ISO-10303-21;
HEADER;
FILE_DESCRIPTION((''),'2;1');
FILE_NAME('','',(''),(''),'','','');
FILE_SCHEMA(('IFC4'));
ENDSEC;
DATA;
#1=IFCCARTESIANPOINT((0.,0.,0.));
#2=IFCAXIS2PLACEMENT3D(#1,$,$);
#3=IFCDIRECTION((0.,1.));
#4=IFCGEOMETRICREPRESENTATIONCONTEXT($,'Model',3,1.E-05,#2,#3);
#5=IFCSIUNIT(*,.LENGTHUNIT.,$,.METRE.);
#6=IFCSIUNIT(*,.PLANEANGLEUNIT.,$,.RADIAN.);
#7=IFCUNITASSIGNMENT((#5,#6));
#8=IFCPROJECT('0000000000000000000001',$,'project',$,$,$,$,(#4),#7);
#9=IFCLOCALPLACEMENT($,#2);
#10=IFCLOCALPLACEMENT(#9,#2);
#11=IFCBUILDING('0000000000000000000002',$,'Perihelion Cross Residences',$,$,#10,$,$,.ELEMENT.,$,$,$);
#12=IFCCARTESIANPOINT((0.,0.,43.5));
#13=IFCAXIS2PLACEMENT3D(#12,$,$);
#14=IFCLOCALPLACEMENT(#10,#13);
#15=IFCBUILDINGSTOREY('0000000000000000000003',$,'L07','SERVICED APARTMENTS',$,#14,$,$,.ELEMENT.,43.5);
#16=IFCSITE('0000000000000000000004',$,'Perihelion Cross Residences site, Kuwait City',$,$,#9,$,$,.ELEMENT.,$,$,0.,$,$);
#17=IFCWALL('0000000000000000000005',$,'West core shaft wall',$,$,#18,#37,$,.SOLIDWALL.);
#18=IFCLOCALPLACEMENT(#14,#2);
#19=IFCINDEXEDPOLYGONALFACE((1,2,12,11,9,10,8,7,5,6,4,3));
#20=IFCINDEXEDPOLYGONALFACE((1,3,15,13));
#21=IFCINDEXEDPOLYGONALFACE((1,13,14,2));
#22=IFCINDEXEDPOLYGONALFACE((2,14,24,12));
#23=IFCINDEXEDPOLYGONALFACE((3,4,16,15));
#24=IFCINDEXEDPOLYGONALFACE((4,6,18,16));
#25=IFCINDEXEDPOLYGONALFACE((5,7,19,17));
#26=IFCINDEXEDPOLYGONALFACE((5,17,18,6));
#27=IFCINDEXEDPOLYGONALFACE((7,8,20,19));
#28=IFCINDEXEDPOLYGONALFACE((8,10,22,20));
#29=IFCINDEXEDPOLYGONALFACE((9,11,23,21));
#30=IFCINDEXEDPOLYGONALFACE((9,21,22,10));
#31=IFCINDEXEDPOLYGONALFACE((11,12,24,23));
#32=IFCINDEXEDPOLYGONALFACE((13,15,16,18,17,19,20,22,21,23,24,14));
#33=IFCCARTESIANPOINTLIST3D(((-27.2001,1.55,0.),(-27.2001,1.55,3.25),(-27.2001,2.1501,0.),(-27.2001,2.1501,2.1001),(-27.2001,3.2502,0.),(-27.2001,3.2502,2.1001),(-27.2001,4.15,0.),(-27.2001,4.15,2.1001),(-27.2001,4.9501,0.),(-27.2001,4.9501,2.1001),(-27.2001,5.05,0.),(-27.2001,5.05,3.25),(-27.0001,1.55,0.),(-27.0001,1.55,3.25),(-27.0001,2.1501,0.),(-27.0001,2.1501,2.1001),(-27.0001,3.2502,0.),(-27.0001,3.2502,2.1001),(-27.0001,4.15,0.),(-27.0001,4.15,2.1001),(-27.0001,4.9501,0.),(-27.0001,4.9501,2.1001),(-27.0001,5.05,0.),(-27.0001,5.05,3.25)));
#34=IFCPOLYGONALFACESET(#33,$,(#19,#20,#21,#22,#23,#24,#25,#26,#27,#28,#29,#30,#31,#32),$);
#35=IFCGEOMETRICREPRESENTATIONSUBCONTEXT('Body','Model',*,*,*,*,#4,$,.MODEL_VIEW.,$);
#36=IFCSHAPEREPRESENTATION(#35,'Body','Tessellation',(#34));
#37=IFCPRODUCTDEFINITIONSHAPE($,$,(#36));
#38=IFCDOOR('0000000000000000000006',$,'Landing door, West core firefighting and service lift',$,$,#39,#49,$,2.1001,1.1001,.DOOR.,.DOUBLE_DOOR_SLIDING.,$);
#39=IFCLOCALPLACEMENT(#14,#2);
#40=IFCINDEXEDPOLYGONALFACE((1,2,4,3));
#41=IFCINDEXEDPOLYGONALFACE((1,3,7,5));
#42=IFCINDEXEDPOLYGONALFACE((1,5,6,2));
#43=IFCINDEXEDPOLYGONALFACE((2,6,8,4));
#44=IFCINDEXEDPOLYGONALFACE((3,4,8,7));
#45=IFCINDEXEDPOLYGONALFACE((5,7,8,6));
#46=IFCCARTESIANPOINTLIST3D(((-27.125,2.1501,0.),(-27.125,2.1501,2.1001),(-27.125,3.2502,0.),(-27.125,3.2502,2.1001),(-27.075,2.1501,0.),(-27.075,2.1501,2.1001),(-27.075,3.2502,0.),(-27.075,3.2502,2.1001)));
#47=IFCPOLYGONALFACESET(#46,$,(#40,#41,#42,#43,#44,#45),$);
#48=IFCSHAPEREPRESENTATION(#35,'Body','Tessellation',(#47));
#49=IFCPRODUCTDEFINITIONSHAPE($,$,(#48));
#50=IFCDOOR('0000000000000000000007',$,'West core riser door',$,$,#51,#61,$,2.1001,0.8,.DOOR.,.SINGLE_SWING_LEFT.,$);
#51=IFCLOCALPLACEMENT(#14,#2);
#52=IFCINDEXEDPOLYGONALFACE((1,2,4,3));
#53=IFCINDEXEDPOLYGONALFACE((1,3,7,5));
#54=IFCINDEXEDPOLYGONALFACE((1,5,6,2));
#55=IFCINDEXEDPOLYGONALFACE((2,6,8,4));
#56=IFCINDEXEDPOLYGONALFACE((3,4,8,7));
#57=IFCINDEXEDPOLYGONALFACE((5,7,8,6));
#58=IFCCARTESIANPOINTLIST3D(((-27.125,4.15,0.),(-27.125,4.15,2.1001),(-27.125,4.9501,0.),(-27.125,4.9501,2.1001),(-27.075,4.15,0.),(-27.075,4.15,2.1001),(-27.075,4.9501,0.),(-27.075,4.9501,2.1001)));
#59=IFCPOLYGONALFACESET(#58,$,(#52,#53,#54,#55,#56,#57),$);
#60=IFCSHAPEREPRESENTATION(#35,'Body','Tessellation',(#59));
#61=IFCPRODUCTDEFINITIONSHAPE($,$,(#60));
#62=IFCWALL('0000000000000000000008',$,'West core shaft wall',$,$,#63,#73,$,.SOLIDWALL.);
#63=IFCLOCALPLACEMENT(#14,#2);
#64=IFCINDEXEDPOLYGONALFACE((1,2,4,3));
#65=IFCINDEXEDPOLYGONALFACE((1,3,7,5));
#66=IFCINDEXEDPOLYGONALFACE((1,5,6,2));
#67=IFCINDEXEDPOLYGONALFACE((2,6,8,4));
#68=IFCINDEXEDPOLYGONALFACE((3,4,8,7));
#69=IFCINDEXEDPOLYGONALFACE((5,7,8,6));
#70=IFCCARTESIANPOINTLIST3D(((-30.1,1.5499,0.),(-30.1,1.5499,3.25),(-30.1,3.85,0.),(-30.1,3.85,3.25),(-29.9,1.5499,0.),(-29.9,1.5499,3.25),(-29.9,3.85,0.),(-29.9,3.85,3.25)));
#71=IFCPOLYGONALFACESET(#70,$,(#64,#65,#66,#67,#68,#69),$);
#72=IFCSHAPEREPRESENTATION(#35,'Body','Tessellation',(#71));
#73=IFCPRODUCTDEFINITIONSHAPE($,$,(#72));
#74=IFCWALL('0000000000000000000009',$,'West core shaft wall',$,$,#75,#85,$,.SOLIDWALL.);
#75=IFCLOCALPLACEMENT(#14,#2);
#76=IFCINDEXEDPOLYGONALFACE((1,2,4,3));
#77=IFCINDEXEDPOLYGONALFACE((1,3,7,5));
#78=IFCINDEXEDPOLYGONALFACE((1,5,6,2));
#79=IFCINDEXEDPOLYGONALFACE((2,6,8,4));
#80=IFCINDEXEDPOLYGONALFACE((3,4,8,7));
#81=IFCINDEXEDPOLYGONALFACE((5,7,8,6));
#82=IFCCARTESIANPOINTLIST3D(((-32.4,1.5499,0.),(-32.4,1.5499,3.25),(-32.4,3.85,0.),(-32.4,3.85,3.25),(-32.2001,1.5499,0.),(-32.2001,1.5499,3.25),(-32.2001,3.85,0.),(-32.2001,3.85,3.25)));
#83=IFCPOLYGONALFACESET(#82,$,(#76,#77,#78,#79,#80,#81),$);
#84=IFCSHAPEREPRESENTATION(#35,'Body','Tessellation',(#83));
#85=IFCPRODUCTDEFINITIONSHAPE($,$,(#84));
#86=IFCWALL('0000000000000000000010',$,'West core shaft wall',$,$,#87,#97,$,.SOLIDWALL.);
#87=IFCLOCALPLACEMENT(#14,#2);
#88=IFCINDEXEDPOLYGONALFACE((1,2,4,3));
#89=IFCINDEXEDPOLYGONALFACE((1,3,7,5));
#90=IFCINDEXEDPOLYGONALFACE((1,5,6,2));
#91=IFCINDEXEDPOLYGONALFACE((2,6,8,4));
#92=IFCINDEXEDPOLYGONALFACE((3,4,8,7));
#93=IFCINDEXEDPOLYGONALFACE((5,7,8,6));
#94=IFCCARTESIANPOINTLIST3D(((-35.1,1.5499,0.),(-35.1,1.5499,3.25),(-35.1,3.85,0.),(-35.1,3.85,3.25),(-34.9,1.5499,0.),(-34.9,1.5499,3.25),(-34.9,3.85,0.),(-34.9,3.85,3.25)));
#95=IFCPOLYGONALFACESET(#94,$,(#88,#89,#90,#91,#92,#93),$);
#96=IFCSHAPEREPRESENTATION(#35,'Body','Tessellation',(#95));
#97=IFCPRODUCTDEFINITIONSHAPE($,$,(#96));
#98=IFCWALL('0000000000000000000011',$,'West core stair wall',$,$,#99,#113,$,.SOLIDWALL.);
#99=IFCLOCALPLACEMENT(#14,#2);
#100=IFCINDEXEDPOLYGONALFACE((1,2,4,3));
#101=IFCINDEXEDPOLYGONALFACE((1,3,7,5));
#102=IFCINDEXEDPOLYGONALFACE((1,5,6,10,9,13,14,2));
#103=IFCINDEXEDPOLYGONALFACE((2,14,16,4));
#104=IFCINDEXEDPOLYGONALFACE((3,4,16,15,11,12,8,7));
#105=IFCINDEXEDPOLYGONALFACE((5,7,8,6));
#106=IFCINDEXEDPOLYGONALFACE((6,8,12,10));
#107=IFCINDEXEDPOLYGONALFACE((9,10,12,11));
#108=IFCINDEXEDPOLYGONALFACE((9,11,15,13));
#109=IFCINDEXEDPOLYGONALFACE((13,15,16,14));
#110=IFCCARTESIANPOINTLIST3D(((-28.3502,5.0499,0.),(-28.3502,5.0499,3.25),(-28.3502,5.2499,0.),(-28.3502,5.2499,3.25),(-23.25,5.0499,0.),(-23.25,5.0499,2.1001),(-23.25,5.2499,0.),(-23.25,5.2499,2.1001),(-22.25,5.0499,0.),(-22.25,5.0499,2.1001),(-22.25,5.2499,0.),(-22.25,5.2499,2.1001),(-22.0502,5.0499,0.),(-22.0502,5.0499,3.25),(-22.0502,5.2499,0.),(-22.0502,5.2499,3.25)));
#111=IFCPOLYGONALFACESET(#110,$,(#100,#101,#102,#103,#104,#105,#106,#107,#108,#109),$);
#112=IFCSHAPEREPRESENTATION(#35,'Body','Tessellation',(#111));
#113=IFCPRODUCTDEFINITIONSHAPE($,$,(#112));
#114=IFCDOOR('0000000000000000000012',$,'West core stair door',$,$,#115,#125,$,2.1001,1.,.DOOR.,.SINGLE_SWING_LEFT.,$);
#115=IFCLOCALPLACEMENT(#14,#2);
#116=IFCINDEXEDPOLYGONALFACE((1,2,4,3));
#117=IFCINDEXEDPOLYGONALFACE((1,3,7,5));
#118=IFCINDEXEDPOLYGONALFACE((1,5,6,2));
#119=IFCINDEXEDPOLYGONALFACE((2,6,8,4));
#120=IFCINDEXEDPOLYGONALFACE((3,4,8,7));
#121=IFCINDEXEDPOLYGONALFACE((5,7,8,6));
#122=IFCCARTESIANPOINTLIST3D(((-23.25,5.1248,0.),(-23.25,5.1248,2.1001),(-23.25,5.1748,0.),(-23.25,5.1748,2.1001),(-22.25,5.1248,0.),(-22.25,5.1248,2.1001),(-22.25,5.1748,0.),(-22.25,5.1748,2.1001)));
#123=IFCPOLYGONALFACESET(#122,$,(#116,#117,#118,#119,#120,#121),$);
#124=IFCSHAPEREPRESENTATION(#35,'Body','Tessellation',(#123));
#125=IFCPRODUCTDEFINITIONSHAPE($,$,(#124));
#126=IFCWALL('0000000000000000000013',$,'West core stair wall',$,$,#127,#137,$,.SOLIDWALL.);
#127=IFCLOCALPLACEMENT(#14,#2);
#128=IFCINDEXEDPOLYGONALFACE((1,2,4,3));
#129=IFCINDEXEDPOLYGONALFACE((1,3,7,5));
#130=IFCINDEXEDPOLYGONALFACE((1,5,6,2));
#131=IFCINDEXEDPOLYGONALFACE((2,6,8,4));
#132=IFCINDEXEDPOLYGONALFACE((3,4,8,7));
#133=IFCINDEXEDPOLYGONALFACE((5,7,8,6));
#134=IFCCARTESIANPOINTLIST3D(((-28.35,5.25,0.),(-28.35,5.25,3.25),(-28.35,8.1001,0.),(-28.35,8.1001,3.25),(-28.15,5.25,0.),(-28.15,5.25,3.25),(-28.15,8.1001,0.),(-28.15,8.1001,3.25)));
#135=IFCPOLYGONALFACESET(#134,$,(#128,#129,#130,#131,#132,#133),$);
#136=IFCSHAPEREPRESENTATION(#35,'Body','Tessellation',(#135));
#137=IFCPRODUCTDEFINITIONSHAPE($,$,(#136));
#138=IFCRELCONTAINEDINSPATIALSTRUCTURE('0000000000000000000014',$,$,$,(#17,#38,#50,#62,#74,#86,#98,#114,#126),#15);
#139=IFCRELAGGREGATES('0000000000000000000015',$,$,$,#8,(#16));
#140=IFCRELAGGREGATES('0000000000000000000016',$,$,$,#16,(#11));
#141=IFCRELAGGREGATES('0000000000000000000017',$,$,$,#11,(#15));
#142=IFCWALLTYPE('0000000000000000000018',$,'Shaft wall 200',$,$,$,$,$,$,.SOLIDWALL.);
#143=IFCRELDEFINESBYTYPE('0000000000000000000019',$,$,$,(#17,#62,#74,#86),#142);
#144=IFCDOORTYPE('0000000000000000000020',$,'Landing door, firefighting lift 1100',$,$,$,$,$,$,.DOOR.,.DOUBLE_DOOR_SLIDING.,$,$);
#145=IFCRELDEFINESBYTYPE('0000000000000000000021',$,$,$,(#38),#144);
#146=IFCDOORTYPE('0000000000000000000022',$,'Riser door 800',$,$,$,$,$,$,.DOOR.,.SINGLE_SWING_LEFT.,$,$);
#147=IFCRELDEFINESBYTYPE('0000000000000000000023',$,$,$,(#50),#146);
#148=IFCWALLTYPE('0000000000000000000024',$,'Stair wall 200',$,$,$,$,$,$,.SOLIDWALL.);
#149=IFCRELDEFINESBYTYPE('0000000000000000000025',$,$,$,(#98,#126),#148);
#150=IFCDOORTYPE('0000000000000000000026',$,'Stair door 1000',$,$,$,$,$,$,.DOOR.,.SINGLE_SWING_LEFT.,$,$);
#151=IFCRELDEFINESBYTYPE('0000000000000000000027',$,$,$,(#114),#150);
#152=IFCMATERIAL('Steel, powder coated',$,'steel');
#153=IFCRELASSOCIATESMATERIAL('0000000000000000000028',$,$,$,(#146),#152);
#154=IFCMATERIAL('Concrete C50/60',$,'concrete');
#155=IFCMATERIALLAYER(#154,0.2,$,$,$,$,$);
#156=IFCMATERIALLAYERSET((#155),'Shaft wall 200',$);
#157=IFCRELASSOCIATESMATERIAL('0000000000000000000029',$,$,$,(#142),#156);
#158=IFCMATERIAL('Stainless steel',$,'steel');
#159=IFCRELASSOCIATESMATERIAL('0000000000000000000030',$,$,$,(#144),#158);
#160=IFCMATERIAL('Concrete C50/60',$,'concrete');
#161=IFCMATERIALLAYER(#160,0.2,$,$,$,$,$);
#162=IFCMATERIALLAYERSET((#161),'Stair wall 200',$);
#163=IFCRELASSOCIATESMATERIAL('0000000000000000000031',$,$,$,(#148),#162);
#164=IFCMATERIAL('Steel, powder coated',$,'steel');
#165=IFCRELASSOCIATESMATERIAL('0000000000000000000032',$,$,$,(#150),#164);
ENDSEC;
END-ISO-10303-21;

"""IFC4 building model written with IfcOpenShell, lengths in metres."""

from ifc_helpers import new_model, si_unit, direction, frame, frame_2d, origin, place, context, subcontext, project, spatial, rectangle, extrude, material, layer, layer_set, type_object, element, fill, save


model = new_model("IFC4")

# Units and contexts
model_context = context("Model", 3, precision=1e-05, world=origin(), true_north=direction((0.0, 1.0)))
body_context = subcontext(model_context, "Body", "Model", "MODEL_VIEW")
ifc_project = project(units=[si_unit("LENGTHUNIT", "METRE"), si_unit("PLANEANGLEUNIT", "RADIAN")], contexts=[model_context])

# Site, building, storey
site_placement = place(None, origin())
site = spatial("IfcSite", under=ifc_project, at=site_placement, Name="Perihelion Cross Residences site, Kuwait City", CompositionType="ELEMENT", RefElevation=0.0)
building_placement = place(site_placement, origin())
building = spatial("IfcBuilding", under=site, at=building_placement, Name="Perihelion Cross Residences", CompositionType="ELEMENT")
storey_placement = place(building_placement, frame((0.0, 0.0, 43.5)))
storey = spatial("IfcBuildingStorey", under=building, at=storey_placement, Name="L07", Description="SERVICED APARTMENTS", CompositionType="ELEMENT", Elevation=43.5)

# Shared definitions
ifc_material_1 = material(Name="Steel, powder coated", Category="steel")
door_type_1 = type_object("IfcDoorType", Name="Riser door 800", OperationType="SINGLE_SWING_LEFT", PredefinedType="DOOR", material=ifc_material_1)

# Shared definitions
ifc_material_2 = material(Name="Concrete C50/60", Category="concrete")
ifc_layer_1 = layer(ifc_material_2, 0.2)
ifc_layer_set_1 = layer_set([ifc_layer_1], Name="Shaft wall 200")
wall_type_1 = type_object("IfcWallType", Name="Shaft wall 200", PredefinedType="SOLIDWALL", material=ifc_layer_set_1)

# Wall, openings, doors
wall_1_placement = place(storey_placement, frame((-27.1001, 1.55, 0.0), z_axis=(0.0, 0.0, 1.0), x_axis=(0.0, 1.0, 0.0)))
wall_1 = element("IfcWall", 1, at=wall_1_placement, inside=storey, type_object=wall_type_1, Name="West core shaft wall", PredefinedType="SOLIDWALL", context=body_context, shape_type="SweptSolid", body=[
    extrude(rectangle(XDim=3.5, YDim=0.2, at=frame_2d((1.75, 0.0))), origin(), (0.0, 0.0, 1.0), 3.25),
])
opening_1_placement = place(wall_1_placement, frame((0.6001, 0.0, 0.0)))
opening_1 = element("IfcOpeningElement", 2, at=opening_1_placement, cuts=wall_1, PredefinedType="OPENING", context=body_context, shape_type="SweptSolid", body=[
    extrude(rectangle(XDim=1.1001, YDim=2.1001, at=frame_2d((0.55, 1.05))), frame((0.0, 0.1099, 0.0), z_axis=(0.0, -1.0, 0.0), x_axis=(1.0, 0.0, 0.0)), (0.0, 0.0, 1.0), 0.22),
])
opening_2_placement = place(wall_1_placement, frame((2.6001, 0.0, 0.0)))
opening_2 = element("IfcOpeningElement", 3, at=opening_2_placement, cuts=wall_1, PredefinedType="OPENING", context=body_context, shape_type="SweptSolid", body=[
    extrude(rectangle(XDim=0.8, YDim=2.1001, at=frame_2d((0.3999, 1.05))), frame((0.0, 0.1099, 0.0), z_axis=(0.0, -1.0, 0.0), x_axis=(1.0, 0.0, 0.0)), (0.0, 0.0, 1.0), 0.22),
])
ifc_material_3 = material(Name="Stainless steel", Category="steel")
door_type_2 = type_object("IfcDoorType", Name="Landing door, firefighting lift 1100", OperationType="DOUBLE_DOOR_SLIDING", PredefinedType="DOOR", material=ifc_material_3)
door_1_placement = place(opening_1_placement, origin())
door_1 = element("IfcDoor", 4, at=door_1_placement, inside=storey, type_object=door_type_2, Name="Landing door, West core firefighting and service lift", OperationType="DOUBLE_DOOR_SLIDING", OverallHeight=2.1001, OverallWidth=1.1001, PredefinedType="DOOR", context=body_context, shape_type="SweptSolid", body=[
    extrude(rectangle(XDim=1.1001, YDim=2.1001, at=frame_2d((0.55, 1.05))), frame((0.0, 0.0249, 0.0), z_axis=(0.0, -1.0, 0.0), x_axis=(1.0, 0.0, 0.0)), (0.0, 0.0, 1.0), 0.05),
])
fill(opening_1, door_1)
door_2_placement = place(opening_2_placement, origin())
door_2 = element("IfcDoor", 5, at=door_2_placement, inside=storey, type_object=door_type_1, Name="West core riser door", OperationType="SINGLE_SWING_LEFT", OverallHeight=2.1001, OverallWidth=0.8, PredefinedType="DOOR", context=body_context, shape_type="SweptSolid", body=[
    extrude(rectangle(XDim=0.8, YDim=2.1001, at=frame_2d((0.3999, 1.05))), frame((0.0, 0.0249, 0.0), z_axis=(0.0, -1.0, 0.0), x_axis=(1.0, 0.0, 0.0)), (0.0, 0.0, 1.0), 0.05),
])
fill(opening_2, door_2)

# Walls
for number, where, z_axis, x_axis, name in (
    (6, (-30.0, 1.55, 0.0), (0.0, 0.0, 1.0), (0.0, 1.0, 0.0), "West core shaft wall"),
    (7, (-32.3, 1.55, 0.0), (0.0, 0.0, 1.0), (0.0, 1.0, 0.0), "West core shaft wall"),
    (8, (-35.0, 1.55, 0.0), (0.0, 0.0, 1.0), (0.0, 1.0, 0.0), "West core shaft wall"),
):
    element("IfcWall", number, at=place(storey_placement, frame(where, z_axis=z_axis, x_axis=x_axis)), inside=storey, type_object=wall_type_1, Name=name, PredefinedType="SOLIDWALL", context=body_context, shape_type="SweptSolid", body=[
        extrude(rectangle(XDim=2.3, YDim=0.2, at=frame_2d((1.1499, 0.0))), origin(), (0.0, 0.0, 1.0), 3.25),
    ])

# Wall, opening, door
ifc_material_4 = material(Name="Concrete C50/60", Category="concrete")
ifc_layer_2 = layer(ifc_material_4, 0.2)
ifc_layer_set_2 = layer_set([ifc_layer_2], Name="Stair wall 200")
wall_type_2 = type_object("IfcWallType", Name="Stair wall 200", PredefinedType="SOLIDWALL", material=ifc_layer_set_2)
wall_2_placement = place(storey_placement, frame((-28.3501, 5.1499, 0.0), z_axis=(0.0, 0.0, 1.0), x_axis=(1.0, 0.0, 0.0)))
wall_2 = element("IfcWall", 9, at=wall_2_placement, inside=storey, type_object=wall_type_2, Name="West core stair wall", PredefinedType="SOLIDWALL", context=body_context, shape_type="SweptSolid", body=[
    extrude(rectangle(XDim=6.3, YDim=0.2, at=frame_2d((3.1499, 0.0))), origin(), (0.0, 0.0, 1.0), 3.25),
])
opening_3_placement = place(wall_2_placement, frame((5.1001, 0.0, 0.0)))
opening_3 = element("IfcOpeningElement", 10, at=opening_3_placement, cuts=wall_2, PredefinedType="OPENING", context=body_context, shape_type="SweptSolid", body=[
    extrude(rectangle(XDim=1.0, YDim=2.1001, at=frame_2d((0.5, 1.05))), frame((0.0, 0.1099, 0.0), z_axis=(0.0, -1.0, 0.0), x_axis=(1.0, 0.0, 0.0)), (0.0, 0.0, 1.0), 0.22),
])
ifc_material_5 = material(Name="Steel, powder coated", Category="steel")
door_type_3 = type_object("IfcDoorType", Name="Stair door 1000", OperationType="SINGLE_SWING_LEFT", PredefinedType="DOOR", material=ifc_material_5)
door_3_placement = place(opening_3_placement, origin())
door_3 = element("IfcDoor", 11, at=door_3_placement, inside=storey, type_object=door_type_3, Name="West core stair door", OperationType="SINGLE_SWING_LEFT", OverallHeight=2.1001, OverallWidth=1.0, PredefinedType="DOOR", context=body_context, shape_type="SweptSolid", body=[
    extrude(rectangle(XDim=1.0, YDim=2.1001, at=frame_2d((0.5, 1.05))), frame((0.0, 0.0249, 0.0), z_axis=(0.0, -1.0, 0.0), x_axis=(1.0, 0.0, 0.0)), (0.0, 0.0, 1.0), 0.05),
])
fill(opening_3, door_3)

# Wall
wall_3_placement = place(storey_placement, frame((-28.25, 5.25, 0.0), z_axis=(0.0, 0.0, 1.0), x_axis=(0.0, 1.0, 0.0)))
element("IfcWall", 12, at=wall_3_placement, inside=storey, type_object=wall_type_2, Name="West core stair wall", PredefinedType="SOLIDWALL", context=body_context, shape_type="SweptSolid", body=[
    extrude(rectangle(XDim=2.8501, YDim=0.2, at=frame_2d((1.425, 0.0))), origin(), (0.0, 0.0, 1.0), 3.25),
])

save(model, "model.ifc")
